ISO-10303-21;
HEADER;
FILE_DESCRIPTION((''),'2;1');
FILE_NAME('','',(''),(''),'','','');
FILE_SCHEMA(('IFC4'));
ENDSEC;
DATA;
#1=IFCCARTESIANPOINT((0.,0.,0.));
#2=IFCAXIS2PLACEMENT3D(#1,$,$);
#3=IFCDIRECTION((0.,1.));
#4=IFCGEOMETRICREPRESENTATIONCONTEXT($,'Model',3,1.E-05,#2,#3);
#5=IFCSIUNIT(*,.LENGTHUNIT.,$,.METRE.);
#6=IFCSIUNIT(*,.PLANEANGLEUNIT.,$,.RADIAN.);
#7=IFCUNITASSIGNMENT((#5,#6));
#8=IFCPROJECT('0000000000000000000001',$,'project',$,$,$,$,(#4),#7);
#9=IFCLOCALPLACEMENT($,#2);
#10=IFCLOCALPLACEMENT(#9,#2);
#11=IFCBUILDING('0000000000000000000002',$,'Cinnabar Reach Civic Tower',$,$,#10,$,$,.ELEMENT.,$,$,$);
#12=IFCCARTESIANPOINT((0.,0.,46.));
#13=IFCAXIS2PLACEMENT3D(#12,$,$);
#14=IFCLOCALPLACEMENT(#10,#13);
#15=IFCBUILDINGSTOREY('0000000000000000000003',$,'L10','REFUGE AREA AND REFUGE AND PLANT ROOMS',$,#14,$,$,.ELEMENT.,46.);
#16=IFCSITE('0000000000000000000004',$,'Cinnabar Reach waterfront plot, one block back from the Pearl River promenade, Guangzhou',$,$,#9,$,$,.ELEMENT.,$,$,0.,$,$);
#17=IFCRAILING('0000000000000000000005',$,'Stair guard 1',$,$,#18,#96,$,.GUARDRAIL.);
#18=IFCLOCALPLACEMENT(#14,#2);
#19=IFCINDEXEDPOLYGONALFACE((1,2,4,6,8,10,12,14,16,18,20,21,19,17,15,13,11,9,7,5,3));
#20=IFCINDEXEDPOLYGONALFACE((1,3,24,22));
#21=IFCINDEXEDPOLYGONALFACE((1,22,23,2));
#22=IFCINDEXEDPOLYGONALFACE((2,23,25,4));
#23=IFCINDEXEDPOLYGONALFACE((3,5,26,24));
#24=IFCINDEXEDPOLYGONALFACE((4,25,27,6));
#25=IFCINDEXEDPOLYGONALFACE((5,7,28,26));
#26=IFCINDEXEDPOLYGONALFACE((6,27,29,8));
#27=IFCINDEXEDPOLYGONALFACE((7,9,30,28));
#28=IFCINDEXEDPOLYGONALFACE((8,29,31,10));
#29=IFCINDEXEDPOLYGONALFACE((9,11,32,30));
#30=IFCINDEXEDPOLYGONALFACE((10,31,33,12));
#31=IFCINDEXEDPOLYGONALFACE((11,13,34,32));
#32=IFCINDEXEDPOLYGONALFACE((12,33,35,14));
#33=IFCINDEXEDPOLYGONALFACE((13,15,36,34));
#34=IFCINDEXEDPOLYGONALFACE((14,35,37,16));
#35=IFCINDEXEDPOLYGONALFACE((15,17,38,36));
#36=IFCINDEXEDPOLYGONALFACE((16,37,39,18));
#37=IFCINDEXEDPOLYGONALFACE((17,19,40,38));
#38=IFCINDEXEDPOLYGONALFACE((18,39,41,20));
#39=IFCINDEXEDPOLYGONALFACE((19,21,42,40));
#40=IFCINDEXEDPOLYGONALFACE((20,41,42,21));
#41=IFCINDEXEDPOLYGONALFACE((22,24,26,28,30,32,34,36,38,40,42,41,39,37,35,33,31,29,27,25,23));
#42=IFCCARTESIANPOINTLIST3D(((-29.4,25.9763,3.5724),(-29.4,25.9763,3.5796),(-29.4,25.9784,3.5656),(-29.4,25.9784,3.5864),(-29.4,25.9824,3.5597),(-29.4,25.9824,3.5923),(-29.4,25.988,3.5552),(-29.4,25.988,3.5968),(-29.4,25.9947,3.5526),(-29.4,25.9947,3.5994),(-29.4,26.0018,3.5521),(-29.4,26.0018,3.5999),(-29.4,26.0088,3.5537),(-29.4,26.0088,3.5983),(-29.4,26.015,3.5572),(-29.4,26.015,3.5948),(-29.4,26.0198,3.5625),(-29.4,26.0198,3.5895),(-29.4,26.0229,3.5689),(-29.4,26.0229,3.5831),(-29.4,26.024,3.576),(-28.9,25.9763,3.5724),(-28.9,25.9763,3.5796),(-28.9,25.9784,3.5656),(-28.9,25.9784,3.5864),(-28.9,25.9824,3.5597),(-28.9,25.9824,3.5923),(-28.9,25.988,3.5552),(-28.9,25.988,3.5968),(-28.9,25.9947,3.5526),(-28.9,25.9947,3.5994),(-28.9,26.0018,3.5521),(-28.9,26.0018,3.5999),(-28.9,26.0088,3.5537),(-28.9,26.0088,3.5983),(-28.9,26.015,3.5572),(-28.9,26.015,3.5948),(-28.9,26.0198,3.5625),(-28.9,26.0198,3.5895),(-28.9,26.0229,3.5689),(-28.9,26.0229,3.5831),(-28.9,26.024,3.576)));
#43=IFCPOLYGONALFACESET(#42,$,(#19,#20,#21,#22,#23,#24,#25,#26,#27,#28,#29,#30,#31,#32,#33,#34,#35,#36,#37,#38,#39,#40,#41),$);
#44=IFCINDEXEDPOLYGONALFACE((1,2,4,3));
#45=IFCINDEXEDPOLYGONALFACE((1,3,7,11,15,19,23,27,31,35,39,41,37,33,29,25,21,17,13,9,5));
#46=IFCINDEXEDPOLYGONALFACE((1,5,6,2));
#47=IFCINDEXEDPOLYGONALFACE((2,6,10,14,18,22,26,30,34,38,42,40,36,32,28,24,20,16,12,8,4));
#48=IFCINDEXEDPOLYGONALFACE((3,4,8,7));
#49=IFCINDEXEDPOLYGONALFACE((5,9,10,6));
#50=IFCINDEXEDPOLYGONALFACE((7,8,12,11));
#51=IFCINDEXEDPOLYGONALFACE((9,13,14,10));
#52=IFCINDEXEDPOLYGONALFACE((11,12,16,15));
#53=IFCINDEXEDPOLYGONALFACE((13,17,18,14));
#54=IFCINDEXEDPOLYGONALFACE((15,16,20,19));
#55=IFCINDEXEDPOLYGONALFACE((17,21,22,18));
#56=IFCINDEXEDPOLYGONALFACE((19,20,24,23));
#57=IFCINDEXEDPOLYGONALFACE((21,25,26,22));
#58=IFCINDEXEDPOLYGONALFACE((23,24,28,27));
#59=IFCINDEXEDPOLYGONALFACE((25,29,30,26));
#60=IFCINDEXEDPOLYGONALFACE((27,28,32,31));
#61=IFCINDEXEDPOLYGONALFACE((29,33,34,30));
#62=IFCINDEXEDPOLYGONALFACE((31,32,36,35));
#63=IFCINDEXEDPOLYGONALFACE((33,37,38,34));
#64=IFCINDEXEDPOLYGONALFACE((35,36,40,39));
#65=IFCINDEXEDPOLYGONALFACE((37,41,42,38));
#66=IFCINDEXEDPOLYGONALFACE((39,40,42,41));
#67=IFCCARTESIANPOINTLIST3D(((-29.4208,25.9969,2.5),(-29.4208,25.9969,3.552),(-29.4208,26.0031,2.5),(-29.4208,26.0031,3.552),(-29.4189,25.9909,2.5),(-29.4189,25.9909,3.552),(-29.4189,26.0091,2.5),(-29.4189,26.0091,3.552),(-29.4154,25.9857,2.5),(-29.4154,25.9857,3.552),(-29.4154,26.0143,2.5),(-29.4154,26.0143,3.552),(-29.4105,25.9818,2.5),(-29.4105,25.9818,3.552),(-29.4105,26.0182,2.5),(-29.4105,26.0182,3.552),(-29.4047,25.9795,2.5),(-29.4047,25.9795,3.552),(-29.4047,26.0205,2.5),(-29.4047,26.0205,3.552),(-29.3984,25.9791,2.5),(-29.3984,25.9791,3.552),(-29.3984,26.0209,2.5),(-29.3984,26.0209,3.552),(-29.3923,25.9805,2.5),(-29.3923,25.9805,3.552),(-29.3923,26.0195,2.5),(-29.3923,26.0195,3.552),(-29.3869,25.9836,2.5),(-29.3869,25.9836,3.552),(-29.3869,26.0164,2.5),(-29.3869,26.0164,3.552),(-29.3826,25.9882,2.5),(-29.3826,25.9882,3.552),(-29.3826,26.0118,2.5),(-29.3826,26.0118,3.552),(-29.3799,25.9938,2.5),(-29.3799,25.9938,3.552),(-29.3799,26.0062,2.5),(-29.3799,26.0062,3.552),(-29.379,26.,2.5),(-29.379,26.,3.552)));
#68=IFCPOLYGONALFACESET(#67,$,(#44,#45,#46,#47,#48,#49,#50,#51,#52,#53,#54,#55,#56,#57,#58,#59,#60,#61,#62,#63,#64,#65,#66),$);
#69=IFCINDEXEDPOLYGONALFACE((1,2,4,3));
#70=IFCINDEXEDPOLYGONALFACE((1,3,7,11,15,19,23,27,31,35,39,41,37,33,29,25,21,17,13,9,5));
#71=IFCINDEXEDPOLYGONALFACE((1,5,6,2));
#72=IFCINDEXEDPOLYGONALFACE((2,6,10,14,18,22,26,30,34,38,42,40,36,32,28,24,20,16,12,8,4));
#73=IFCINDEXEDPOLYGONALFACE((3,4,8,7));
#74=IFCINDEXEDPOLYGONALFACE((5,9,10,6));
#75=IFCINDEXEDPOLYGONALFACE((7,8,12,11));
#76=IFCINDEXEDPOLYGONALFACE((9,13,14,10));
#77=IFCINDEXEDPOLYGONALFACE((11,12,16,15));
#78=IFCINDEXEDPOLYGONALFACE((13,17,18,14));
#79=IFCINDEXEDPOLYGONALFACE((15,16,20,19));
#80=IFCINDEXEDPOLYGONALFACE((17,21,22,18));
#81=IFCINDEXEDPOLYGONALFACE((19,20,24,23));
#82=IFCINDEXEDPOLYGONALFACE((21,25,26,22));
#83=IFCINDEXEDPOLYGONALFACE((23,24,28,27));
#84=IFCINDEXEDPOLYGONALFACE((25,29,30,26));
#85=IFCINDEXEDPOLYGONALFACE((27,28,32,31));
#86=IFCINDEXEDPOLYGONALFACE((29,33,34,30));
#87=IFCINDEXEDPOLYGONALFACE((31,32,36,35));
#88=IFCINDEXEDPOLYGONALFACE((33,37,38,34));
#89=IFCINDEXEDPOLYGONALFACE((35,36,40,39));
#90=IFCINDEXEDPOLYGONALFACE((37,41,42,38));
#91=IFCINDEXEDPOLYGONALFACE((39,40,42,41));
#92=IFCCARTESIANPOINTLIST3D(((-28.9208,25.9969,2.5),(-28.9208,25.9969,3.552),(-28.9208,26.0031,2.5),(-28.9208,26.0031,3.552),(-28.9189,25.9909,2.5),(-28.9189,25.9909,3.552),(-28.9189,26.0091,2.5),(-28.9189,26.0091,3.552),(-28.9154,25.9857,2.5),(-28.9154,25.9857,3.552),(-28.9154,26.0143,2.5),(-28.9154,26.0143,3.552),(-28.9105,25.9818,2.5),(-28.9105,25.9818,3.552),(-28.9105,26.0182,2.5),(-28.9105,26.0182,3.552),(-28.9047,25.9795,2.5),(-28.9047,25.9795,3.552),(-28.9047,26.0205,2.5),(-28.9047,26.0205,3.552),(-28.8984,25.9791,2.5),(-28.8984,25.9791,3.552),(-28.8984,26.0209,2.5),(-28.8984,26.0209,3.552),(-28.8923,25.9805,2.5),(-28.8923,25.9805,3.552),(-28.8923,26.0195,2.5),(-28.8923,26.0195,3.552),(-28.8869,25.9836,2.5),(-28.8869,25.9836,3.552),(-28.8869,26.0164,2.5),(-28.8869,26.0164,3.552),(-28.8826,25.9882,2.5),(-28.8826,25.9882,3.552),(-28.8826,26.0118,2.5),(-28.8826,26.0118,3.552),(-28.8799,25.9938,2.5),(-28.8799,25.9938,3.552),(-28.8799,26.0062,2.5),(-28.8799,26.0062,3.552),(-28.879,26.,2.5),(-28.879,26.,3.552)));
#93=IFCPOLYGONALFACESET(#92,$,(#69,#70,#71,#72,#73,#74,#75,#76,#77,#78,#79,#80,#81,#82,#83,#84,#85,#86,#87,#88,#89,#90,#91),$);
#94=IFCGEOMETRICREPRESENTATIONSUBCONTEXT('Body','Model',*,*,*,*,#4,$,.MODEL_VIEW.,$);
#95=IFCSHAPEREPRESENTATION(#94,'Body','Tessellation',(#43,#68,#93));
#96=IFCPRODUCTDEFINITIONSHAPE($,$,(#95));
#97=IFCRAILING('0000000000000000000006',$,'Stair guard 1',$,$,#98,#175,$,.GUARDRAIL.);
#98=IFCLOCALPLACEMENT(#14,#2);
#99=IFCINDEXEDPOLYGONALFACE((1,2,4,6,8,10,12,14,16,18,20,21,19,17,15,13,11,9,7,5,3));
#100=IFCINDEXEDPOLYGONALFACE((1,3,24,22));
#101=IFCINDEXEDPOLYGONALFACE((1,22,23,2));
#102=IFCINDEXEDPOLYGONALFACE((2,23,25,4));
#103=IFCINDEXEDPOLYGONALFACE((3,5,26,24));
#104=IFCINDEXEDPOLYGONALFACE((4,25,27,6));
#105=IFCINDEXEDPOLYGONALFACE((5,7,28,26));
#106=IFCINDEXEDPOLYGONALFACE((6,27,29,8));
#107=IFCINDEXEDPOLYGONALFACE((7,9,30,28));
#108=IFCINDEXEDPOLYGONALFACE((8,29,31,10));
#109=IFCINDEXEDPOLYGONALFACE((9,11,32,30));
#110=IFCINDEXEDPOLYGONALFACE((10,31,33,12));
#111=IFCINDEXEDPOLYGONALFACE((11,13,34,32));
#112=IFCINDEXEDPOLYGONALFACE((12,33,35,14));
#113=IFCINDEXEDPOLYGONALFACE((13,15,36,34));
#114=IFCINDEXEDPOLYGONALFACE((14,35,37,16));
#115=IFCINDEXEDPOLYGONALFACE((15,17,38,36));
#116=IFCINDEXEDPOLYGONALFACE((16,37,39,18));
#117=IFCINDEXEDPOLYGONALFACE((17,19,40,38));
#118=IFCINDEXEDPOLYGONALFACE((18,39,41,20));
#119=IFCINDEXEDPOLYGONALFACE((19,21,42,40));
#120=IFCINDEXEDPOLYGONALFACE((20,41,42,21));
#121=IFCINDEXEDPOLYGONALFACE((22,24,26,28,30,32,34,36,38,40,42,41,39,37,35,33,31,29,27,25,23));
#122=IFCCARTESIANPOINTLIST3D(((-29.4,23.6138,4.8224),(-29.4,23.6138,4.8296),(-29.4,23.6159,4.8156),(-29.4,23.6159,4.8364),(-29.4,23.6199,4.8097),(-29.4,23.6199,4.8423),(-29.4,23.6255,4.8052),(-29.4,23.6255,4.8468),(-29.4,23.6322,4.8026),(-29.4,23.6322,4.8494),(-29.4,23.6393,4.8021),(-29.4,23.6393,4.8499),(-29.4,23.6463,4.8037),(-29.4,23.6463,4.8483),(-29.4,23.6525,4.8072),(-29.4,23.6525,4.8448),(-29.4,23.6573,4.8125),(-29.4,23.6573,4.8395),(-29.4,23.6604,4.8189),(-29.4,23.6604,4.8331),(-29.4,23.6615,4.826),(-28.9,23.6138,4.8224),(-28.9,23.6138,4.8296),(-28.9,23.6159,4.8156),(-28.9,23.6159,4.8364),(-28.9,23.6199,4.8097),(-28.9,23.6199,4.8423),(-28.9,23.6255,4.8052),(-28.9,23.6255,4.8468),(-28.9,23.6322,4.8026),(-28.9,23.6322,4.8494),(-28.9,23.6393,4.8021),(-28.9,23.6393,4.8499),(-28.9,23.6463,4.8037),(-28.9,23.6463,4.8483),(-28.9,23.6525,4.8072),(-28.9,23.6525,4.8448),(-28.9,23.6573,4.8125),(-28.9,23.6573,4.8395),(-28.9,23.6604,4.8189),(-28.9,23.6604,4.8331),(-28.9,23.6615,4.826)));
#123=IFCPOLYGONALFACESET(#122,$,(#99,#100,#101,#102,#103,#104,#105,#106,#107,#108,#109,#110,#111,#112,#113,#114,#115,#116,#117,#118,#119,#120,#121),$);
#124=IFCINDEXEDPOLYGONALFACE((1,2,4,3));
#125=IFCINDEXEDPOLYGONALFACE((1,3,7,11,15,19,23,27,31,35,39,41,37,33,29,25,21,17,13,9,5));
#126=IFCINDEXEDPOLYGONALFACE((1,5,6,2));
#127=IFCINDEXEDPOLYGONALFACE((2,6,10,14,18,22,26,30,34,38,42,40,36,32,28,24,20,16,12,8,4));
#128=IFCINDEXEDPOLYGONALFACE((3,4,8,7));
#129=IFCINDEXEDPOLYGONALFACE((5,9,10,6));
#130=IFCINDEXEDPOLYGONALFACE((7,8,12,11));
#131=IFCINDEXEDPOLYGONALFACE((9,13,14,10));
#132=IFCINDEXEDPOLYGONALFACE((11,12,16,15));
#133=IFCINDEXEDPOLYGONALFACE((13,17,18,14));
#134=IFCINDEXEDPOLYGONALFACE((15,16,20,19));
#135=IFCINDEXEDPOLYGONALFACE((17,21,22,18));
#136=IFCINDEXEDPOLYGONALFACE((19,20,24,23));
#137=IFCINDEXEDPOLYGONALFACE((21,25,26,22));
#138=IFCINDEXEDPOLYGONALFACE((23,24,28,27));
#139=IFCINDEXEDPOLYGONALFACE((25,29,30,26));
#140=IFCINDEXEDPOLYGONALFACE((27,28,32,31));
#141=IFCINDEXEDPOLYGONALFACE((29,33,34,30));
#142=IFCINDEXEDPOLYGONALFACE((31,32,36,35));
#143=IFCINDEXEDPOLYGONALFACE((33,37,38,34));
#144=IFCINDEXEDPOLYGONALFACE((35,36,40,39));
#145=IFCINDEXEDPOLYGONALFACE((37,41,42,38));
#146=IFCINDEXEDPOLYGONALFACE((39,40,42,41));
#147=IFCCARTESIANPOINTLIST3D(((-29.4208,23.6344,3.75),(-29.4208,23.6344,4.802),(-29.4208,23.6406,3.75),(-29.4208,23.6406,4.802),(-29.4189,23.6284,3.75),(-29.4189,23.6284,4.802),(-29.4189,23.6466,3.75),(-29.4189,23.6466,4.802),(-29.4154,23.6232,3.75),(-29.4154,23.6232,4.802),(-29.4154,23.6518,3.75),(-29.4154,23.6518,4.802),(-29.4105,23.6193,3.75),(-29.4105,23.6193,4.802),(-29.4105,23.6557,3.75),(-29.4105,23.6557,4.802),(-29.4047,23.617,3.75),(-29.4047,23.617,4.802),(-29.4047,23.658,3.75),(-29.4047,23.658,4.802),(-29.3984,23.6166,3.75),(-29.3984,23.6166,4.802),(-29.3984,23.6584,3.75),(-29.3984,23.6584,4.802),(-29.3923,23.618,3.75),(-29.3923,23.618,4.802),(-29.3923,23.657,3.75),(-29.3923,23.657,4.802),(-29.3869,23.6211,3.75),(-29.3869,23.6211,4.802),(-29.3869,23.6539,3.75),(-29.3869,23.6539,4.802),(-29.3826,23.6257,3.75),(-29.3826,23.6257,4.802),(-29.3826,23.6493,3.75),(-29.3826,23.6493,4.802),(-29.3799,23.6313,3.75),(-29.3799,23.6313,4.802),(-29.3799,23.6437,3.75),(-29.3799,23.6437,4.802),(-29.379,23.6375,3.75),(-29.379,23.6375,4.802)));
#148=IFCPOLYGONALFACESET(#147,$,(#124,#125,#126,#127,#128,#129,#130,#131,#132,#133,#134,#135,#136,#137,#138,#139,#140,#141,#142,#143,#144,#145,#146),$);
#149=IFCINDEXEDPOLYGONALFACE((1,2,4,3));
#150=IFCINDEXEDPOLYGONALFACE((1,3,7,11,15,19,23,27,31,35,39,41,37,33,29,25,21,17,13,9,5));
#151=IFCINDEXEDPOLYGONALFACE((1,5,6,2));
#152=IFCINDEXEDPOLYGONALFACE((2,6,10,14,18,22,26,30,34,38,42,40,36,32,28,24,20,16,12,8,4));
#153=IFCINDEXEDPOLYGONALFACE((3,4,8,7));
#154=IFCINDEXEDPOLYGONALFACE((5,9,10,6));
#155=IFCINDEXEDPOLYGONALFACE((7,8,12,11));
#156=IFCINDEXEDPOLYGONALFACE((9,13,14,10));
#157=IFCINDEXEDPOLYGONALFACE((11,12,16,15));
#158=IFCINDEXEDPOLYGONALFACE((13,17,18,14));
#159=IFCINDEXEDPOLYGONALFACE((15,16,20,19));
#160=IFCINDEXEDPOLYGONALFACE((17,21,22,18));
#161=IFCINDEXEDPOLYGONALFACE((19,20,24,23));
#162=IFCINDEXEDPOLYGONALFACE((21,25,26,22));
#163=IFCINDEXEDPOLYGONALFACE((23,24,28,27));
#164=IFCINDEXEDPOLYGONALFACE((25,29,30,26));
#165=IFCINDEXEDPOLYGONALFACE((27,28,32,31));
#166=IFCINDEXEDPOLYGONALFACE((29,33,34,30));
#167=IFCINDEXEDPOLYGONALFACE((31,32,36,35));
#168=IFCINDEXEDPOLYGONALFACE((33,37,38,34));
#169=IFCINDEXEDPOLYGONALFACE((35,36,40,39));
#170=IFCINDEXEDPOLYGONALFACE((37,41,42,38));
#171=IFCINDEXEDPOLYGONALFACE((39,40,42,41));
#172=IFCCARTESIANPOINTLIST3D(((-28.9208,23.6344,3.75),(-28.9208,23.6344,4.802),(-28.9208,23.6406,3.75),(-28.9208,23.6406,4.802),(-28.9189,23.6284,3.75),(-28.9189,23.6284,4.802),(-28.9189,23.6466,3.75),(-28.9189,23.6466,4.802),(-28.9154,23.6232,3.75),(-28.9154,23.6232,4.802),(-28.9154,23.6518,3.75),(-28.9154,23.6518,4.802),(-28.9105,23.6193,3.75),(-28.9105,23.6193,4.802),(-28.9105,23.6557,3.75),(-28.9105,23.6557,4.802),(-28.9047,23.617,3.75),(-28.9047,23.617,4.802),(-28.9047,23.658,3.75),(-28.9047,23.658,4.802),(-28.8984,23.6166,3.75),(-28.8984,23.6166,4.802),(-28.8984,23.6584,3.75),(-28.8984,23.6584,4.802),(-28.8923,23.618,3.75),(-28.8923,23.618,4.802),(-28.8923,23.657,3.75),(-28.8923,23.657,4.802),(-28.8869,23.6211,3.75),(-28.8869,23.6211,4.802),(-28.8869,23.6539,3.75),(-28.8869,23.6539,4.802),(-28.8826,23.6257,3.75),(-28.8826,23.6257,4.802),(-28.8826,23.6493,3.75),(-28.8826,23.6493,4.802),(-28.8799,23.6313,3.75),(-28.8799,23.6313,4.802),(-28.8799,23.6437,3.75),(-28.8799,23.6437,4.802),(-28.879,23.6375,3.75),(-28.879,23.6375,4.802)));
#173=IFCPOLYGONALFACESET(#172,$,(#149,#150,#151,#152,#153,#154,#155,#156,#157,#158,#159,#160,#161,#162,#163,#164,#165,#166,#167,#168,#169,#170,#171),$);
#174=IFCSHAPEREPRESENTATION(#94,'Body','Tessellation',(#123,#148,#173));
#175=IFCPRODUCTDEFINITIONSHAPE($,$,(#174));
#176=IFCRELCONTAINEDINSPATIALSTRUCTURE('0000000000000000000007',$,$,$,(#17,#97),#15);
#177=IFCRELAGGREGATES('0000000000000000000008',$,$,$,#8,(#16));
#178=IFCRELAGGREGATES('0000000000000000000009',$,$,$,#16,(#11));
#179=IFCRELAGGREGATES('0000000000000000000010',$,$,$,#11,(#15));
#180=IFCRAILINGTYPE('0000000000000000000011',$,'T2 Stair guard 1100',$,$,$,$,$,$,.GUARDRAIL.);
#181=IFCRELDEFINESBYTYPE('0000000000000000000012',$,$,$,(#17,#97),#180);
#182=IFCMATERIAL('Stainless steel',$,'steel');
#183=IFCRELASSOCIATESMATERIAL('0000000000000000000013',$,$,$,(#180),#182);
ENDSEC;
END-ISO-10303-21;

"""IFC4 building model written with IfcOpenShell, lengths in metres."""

from ifc_helpers import new_model, si_unit, direction, frame, origin, origin_2d, place, context, subcontext, project, spatial, circle, extrude, material, type_object, element, save


model = new_model("IFC4")

# Units and contexts
model_context = context("Model", 3, precision=1e-05, world=origin(), true_north=direction((0.0, 1.0)))
body_context = subcontext(model_context, "Body", "Model", "MODEL_VIEW")
ifc_project = project(units=[si_unit("LENGTHUNIT", "METRE"), si_unit("PLANEANGLEUNIT", "RADIAN")], contexts=[model_context])

# Site, building, storey
site_placement = place(None, origin())
site = spatial("IfcSite", under=ifc_project, at=site_placement, Name="Cinnabar Reach waterfront plot, one block back from the Pearl River promenade, Guangzhou", CompositionType="ELEMENT", RefElevation=0.0)
building_placement = place(site_placement, origin())
building = spatial("IfcBuilding", under=site, at=building_placement, Name="Cinnabar Reach Civic Tower", CompositionType="ELEMENT")
storey_placement = place(building_placement, frame((0.0, 0.0, 46.0)))
storey = spatial("IfcBuildingStorey", under=building, at=storey_placement, Name="L10", Description="REFUGE AREA AND REFUGE AND PLANT ROOMS", CompositionType="ELEMENT", Elevation=46.0)

# Railings
ifc_material_1 = material(Name="Stainless steel", Category="steel")
railing_type = type_object("IfcRailingType", Name="T2 Stair guard 1100", PredefinedType="GUARDRAIL", material=ifc_material_1)
for number, where, name in (
    (1, (-29.4, 26.0, 2.5), "Stair guard 1"),
    (2, (-29.4, 23.6375, 3.75), "Stair guard 1"),
):
    element("IfcRailing", number, at=place(storey_placement, frame(where)), inside=storey, type_object=railing_type, Name=name, PredefinedType="GUARDRAIL", context=body_context, shape_type="SweptSolid", body=[
        extrude(circle(Radius=0.024, at=origin_2d()), frame((0.0, 0.0, 1.076), z_axis=(1.0, 0.0, 0.0), x_axis=(0.0, 1.0, 0.0)), (0.0, 0.0, 1.0), 0.5),
        extrude(circle(Radius=0.021, at=origin_2d()), origin(), (0.0, 0.0, 1.0), 1.052),
        extrude(circle(Radius=0.021, at=origin_2d()), frame((0.5, 0.0, 0.0)), (0.0, 0.0, 1.0), 1.052),
    ])

save(model, "model.ifc")
